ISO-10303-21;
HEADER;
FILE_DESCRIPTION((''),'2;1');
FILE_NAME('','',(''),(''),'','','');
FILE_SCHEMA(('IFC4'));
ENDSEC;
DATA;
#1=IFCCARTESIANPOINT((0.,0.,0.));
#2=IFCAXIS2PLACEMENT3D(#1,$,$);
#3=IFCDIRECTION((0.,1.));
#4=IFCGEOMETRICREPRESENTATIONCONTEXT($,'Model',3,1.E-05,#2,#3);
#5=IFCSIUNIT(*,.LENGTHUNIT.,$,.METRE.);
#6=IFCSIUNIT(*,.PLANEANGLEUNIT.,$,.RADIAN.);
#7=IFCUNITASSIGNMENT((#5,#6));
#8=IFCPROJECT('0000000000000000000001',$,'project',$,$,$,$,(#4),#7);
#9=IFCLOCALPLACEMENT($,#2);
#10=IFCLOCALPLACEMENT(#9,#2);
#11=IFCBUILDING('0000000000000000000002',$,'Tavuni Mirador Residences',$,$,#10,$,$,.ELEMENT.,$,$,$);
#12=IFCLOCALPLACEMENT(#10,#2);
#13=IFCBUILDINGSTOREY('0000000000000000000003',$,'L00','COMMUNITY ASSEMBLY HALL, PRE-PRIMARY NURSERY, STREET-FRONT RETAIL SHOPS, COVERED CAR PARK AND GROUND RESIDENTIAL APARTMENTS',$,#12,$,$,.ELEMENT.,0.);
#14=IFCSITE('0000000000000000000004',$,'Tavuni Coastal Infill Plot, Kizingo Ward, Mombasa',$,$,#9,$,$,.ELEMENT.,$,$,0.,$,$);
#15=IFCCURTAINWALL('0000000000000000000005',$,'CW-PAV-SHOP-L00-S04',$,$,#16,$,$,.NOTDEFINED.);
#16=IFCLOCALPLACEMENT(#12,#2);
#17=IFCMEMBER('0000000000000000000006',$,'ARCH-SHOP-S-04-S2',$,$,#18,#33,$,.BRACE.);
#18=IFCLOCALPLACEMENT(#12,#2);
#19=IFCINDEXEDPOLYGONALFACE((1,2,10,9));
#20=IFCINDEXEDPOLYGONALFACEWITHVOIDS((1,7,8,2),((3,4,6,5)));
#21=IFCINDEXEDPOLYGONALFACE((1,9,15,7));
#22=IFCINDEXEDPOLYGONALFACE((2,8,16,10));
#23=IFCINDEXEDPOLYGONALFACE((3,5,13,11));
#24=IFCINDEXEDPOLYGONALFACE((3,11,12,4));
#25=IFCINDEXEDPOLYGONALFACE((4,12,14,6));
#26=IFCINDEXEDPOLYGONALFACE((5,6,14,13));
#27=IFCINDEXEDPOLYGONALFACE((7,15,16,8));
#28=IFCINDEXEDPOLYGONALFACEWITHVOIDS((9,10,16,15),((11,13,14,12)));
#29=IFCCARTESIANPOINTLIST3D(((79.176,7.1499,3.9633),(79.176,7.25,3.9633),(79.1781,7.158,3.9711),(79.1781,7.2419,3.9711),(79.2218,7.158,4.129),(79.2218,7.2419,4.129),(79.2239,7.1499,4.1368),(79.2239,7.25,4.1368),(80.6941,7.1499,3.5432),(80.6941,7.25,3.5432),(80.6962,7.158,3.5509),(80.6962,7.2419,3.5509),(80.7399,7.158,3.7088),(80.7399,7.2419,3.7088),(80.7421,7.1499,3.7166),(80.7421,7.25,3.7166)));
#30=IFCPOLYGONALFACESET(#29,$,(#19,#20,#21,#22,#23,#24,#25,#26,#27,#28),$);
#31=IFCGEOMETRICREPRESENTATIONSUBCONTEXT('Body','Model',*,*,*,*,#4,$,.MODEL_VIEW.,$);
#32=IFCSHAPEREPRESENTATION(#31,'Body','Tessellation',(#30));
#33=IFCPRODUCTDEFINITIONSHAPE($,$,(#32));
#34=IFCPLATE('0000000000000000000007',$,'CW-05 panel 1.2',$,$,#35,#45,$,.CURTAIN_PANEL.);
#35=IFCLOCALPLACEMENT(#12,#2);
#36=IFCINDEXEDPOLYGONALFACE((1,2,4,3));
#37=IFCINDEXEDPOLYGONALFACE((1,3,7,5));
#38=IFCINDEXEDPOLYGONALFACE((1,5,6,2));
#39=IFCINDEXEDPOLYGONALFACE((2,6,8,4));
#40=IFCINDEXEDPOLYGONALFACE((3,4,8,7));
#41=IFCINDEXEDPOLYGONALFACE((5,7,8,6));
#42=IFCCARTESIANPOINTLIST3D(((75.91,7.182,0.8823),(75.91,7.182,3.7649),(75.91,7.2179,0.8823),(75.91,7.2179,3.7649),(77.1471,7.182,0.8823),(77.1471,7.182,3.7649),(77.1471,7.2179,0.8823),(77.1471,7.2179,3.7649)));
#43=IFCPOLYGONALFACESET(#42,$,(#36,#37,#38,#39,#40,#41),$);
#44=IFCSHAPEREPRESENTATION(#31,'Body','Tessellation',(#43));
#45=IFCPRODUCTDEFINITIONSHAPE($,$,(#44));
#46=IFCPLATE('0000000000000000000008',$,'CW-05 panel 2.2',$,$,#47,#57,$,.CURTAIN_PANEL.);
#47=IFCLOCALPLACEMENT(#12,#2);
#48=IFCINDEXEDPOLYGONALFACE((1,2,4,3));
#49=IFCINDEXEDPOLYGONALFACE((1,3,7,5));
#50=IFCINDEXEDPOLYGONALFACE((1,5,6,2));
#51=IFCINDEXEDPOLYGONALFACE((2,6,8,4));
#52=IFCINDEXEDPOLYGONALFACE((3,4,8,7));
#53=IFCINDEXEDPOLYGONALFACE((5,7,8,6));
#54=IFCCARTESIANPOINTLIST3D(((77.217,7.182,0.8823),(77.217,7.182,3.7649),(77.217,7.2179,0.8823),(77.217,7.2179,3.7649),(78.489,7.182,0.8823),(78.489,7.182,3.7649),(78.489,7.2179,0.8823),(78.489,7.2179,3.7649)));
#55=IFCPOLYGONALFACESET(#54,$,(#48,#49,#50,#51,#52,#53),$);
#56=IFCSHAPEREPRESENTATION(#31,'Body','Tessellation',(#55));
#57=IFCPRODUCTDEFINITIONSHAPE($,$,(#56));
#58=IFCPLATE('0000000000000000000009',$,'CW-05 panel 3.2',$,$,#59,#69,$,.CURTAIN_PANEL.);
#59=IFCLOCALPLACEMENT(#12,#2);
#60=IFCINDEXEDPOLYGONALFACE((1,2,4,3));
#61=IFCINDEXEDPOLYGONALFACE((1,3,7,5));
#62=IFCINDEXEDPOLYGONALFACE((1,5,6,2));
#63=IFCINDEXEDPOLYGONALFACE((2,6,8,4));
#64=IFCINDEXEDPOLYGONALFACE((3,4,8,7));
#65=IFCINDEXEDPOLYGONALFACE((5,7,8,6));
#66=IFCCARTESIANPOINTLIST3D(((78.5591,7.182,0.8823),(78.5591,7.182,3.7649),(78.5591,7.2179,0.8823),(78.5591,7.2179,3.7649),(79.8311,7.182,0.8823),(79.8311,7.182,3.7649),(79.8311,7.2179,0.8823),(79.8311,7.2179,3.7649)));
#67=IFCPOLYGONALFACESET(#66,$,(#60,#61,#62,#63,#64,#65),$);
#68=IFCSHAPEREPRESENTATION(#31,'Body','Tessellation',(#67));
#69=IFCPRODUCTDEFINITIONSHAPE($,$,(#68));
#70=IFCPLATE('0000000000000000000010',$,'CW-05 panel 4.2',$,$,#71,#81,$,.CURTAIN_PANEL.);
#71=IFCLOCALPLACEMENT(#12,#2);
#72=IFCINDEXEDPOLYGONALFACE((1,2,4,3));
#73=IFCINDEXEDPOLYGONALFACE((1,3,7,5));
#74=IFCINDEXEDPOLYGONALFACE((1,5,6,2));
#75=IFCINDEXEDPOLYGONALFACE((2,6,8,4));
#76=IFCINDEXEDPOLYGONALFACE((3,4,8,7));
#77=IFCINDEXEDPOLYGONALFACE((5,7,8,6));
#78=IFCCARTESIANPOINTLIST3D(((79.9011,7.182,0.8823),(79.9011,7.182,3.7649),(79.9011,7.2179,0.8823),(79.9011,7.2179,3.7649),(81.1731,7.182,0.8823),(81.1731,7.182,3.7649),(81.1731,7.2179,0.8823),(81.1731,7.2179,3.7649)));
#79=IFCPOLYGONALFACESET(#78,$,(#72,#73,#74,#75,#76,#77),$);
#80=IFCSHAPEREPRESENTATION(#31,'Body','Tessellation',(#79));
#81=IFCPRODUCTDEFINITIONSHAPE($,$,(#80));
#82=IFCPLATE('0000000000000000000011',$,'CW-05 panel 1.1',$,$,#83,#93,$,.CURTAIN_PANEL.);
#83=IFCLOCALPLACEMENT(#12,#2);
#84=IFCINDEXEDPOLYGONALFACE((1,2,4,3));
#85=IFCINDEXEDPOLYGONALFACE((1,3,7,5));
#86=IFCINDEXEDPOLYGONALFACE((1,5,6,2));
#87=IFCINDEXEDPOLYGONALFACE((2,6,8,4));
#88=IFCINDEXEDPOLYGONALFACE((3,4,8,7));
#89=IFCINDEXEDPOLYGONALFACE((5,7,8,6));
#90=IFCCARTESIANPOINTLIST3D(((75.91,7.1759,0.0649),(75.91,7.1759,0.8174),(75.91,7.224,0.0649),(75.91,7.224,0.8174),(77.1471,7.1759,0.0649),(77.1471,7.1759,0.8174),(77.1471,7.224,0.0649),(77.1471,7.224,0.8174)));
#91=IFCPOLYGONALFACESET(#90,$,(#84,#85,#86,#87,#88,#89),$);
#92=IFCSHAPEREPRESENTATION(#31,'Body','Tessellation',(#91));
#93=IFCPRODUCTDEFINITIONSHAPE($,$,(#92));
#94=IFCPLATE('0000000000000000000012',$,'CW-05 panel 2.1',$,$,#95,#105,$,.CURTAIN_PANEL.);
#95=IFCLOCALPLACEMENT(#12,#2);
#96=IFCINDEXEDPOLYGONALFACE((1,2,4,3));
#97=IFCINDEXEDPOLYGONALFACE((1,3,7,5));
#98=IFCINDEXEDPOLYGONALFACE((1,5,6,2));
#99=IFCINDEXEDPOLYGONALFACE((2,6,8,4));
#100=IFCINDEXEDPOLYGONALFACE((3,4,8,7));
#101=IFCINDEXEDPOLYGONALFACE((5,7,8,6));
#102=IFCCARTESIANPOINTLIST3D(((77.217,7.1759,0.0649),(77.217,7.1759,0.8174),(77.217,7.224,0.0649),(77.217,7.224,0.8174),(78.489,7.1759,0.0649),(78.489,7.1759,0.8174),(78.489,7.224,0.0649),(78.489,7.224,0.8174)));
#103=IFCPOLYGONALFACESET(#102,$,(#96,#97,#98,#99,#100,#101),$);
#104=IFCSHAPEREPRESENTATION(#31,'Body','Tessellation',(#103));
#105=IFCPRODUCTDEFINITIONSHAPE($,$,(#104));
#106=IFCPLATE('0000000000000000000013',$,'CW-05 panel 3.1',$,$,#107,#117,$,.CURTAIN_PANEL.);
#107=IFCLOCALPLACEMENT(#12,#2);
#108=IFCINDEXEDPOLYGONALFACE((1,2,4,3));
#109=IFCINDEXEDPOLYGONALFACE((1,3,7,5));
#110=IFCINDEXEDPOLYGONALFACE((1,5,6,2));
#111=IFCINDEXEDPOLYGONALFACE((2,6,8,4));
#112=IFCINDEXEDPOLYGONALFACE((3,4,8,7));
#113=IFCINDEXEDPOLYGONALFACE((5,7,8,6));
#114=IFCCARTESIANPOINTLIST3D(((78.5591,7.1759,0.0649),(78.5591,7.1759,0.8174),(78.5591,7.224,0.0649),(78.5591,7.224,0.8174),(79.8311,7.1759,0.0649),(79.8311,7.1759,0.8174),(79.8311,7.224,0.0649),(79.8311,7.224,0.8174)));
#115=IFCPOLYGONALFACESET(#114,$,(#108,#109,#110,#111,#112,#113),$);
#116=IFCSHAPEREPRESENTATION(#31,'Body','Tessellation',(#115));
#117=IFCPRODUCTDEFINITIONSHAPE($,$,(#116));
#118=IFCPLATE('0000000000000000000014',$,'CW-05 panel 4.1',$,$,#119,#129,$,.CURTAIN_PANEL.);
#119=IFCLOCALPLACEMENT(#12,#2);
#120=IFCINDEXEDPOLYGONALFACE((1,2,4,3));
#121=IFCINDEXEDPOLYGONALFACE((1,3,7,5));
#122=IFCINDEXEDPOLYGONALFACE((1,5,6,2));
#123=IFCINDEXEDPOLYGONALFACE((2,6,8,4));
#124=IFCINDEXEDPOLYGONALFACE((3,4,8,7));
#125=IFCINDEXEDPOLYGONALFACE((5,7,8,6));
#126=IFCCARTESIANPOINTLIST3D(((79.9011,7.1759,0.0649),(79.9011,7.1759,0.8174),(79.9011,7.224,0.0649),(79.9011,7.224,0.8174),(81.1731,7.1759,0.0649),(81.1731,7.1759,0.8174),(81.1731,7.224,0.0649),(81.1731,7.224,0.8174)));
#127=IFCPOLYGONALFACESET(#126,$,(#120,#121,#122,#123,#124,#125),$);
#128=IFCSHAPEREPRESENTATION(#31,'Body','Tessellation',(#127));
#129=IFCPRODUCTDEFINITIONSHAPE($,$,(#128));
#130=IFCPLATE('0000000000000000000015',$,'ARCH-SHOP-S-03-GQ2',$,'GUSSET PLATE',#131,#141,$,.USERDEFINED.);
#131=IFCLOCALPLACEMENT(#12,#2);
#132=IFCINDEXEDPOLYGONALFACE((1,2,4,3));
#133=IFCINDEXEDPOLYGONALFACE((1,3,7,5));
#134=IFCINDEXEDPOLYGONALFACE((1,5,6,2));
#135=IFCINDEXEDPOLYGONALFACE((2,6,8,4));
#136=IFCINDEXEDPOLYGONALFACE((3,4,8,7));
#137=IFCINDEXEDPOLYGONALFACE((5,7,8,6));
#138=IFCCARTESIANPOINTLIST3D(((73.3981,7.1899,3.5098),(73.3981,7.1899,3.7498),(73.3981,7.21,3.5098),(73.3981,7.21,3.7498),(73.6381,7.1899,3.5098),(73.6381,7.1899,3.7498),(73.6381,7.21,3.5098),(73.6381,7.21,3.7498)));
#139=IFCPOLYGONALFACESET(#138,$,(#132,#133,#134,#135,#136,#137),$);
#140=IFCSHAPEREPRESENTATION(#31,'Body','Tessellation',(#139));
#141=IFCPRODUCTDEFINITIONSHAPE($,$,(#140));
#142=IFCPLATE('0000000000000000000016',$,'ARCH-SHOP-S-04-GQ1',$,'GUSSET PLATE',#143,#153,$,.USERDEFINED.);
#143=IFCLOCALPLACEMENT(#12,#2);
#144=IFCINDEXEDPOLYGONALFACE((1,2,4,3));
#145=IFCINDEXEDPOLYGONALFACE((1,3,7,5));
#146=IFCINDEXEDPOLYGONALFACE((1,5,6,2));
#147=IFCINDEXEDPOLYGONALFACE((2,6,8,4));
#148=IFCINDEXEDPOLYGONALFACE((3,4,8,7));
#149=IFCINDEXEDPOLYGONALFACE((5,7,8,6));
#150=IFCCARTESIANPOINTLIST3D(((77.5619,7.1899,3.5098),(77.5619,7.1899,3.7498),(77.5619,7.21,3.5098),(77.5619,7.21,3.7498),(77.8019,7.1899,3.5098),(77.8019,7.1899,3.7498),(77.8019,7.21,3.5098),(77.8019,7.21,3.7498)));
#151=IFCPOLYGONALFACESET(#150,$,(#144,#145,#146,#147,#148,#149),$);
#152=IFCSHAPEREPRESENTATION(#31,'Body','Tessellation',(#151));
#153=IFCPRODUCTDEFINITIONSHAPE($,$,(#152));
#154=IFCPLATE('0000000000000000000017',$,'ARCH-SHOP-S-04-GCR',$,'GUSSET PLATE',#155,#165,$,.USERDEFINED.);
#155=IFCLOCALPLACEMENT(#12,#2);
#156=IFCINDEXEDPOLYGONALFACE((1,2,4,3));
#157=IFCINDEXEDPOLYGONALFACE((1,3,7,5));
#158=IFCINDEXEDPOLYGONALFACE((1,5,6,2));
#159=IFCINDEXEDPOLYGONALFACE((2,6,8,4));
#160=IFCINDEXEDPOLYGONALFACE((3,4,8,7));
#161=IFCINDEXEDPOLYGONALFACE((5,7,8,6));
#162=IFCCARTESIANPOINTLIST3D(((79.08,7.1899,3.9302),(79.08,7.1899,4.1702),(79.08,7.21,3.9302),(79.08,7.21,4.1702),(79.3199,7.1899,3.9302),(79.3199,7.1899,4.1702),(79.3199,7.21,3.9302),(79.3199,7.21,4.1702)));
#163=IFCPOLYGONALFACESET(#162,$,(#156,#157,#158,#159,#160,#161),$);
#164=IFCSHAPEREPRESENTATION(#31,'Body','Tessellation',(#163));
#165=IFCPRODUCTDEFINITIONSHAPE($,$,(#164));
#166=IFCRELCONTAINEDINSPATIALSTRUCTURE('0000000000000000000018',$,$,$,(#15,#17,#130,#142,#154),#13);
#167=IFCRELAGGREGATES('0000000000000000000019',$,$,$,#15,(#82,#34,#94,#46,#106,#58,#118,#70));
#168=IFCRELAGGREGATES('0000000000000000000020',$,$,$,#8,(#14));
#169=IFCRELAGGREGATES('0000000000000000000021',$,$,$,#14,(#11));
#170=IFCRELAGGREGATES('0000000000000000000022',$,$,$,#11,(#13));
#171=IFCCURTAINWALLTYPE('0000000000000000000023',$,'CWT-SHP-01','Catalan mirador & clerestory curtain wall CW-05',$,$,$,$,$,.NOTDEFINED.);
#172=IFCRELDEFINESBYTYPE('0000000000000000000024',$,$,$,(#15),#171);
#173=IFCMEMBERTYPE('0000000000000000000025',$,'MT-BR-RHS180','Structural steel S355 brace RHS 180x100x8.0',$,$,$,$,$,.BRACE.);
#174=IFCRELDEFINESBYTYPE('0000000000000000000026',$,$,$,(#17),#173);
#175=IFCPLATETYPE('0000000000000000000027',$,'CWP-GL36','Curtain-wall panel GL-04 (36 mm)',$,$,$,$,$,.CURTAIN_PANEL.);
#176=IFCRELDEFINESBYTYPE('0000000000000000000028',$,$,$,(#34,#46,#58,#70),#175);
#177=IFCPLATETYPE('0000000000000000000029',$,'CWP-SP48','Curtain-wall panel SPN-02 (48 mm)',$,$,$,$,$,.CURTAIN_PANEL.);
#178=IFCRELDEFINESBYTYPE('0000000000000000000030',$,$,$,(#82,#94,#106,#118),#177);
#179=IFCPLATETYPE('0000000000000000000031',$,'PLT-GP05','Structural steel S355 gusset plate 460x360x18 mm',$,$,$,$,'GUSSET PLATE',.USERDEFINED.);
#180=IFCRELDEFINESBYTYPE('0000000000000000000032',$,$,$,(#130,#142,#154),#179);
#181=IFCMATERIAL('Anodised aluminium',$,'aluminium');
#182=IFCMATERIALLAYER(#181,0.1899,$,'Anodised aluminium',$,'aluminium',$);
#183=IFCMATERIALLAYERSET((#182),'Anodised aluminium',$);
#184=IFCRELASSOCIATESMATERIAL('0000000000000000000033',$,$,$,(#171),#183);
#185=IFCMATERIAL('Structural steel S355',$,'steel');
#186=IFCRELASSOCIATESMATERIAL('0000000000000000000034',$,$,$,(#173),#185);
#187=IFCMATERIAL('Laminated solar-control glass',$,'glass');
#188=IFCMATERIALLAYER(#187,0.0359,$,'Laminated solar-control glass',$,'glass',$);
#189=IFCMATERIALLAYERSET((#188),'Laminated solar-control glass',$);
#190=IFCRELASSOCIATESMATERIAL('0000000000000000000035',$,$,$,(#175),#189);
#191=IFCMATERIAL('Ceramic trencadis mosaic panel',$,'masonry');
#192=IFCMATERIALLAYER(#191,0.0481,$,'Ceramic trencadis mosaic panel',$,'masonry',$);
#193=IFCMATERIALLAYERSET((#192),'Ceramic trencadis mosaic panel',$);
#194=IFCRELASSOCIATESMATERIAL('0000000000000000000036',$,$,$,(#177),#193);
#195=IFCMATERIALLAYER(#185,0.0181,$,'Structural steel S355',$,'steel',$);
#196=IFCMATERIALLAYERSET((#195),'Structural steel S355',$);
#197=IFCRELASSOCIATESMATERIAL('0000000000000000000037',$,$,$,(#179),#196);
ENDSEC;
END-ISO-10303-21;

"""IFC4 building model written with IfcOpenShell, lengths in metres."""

from ifc_helpers import new_model, si_unit, direction, frame, origin, origin_2d, place, context, subcontext, project, spatial, rectangle, hollow_rectangle, extrude, material, layer, layer_set, material_profile, profile_set, type_object, element, aggregate, save


model = new_model("IFC4")

# Units and contexts
model_context = context("Model", 3, precision=1e-05, world=origin(), true_north=direction((0.0, 1.0)))
body_context = subcontext(model_context, "Body", "Model", "MODEL_VIEW")
ifc_project = project(units=[si_unit("LENGTHUNIT", "METRE"), si_unit("PLANEANGLEUNIT", "RADIAN")], contexts=[model_context])

# Site, building, storey
site_placement = place(None, origin())
site = spatial("IfcSite", under=ifc_project, at=site_placement, Name="Tavuni Coastal Infill Plot, Kizingo Ward, Mombasa", CompositionType="ELEMENT", RefElevation=0.0)
building_placement = place(site_placement, origin())
building = spatial("IfcBuilding", under=site, at=building_placement, Name="Tavuni Mirador Residences", CompositionType="ELEMENT")
storey_placement = place(building_placement, origin())
storey = spatial("IfcBuildingStorey", under=building, at=storey_placement, Name="L00", Description="COMMUNITY ASSEMBLY HALL, PRE-PRIMARY NURSERY, STREET-FRONT RETAIL SHOPS, COVERED CAR PARK AND GROUND RESIDENTIAL APARTMENTS", CompositionType="ELEMENT", Elevation=0.0)

# Curtain wall
ifc_material_1 = material(Name="Anodised aluminium", Category="aluminium")
ifc_layer_1 = layer(ifc_material_1, 0.1899, Name="Anodised aluminium", Category="aluminium")
ifc_layer_set_1 = layer_set([ifc_layer_1], Name="Anodised aluminium")
curtain_wall_type = type_object("IfcCurtainWallType", Name="CWT-SHP-01", Description="Catalan mirador & clerestory curtain wall CW-05", PredefinedType="NOTDEFINED", material=ifc_layer_set_1)
curtain_wall_placement = place(storey_placement, origin())
curtain_wall = element("IfcCurtainWall", 1, at=curtain_wall_placement, inside=storey, type_object=curtain_wall_type, Name="CW-PAV-SHOP-L00-S04", PredefinedType="NOTDEFINED")

# Member
ifc_material_2 = material(Name="Structural steel S355", Category="steel")
ifc_material_profile_1 = material_profile(ifc_material_2, hollow_rectangle(XDim=0.1001, YDim=0.1799, WallThickness=0.0081, at=origin_2d()), Name="RHS 180x100x8.0", Category="steel")
ifc_profile_set_1 = profile_set([ifc_material_profile_1], Name="Structural steel S355")
member_type_1 = type_object("IfcMemberType", Name="MT-BR-RHS180", Description="Structural steel S355 brace RHS 180x100x8.0", PredefinedType="BRACE", material=ifc_profile_set_1)
for number, where, z_axis, x_axis, name in (
    (2, (79.2, 7.2, 4.05), (0.963766, 0.0, -0.266748), (0.0, 1.0, 0.0), "ARCH-SHOP-S-04-S2"),
):
    element("IfcMember", number, at=place(storey_placement, frame(where, z_axis=z_axis, x_axis=x_axis)), inside=storey, type_object=member_type_1, Name=name, PredefinedType="BRACE", context=body_context, shape_type="SweptSolid", body=[
        extrude(hollow_rectangle(XDim=0.1001, YDim=0.1799, WallThickness=0.0081, at=origin_2d()), origin(), (0.0, 0.0, 1.0), 1.5752),
    ])

# Plates
ifc_material_3 = material(Name="Laminated solar-control glass", Category="glass")
ifc_layer_2 = layer(ifc_material_3, 0.0359, Name="Laminated solar-control glass", Category="glass")
ifc_layer_set_2 = layer_set([ifc_layer_2], Name="Laminated solar-control glass")
plate_type_1 = type_object("IfcPlateType", Name="CWP-GL36", Description="Curtain-wall panel GL-04 (36 mm)", PredefinedType="CURTAIN_PANEL", material=ifc_layer_set_2)
plate_1_placement = place(storey_placement, frame((76.5286, 7.2, 0.8823), z_axis=(0.0, 0.0, 1.0), x_axis=(1.0, 0.0, 0.0)))
plate_1 = element("IfcPlate", 3, at=plate_1_placement, type_object=plate_type_1, Name="CW-05 panel 1.2", PredefinedType="CURTAIN_PANEL", context=body_context, shape_type="SweptSolid", body=[
    extrude(rectangle(XDim=1.2371, YDim=0.0359, at=origin_2d()), origin(), (0.0, 0.0, 1.0), 2.8826),
])
plate_2_placement = place(storey_placement, frame((77.853, 7.2, 0.8823), z_axis=(0.0, 0.0, 1.0), x_axis=(1.0, 0.0, 0.0)))
plate_2 = element("IfcPlate", 4, at=plate_2_placement, type_object=plate_type_1, Name="CW-05 panel 2.2", PredefinedType="CURTAIN_PANEL", context=body_context, shape_type="SweptSolid", body=[
    extrude(rectangle(XDim=1.272, YDim=0.0359, at=origin_2d()), origin(), (0.0, 0.0, 1.0), 2.8826),
])
plate_3_placement = place(storey_placement, frame((79.1951, 7.2, 0.8823), z_axis=(0.0, 0.0, 1.0), x_axis=(1.0, 0.0, 0.0)))
plate_3 = element("IfcPlate", 5, at=plate_3_placement, type_object=plate_type_1, Name="CW-05 panel 3.2", PredefinedType="CURTAIN_PANEL", context=body_context, shape_type="SweptSolid", body=[
    extrude(rectangle(XDim=1.272, YDim=0.0359, at=origin_2d()), origin(), (0.0, 0.0, 1.0), 2.8826),
])
plate_4_placement = place(storey_placement, frame((80.5371, 7.2, 0.8823), z_axis=(0.0, 0.0, 1.0), x_axis=(1.0, 0.0, 0.0)))
plate_4 = element("IfcPlate", 6, at=plate_4_placement, type_object=plate_type_1, Name="CW-05 panel 4.2", PredefinedType="CURTAIN_PANEL", context=body_context, shape_type="SweptSolid", body=[
    extrude(rectangle(XDim=1.272, YDim=0.0359, at=origin_2d()), origin(), (0.0, 0.0, 1.0), 2.8826),
])
ifc_material_4 = material(Name="Ceramic trencadis mosaic panel", Category="masonry")
ifc_layer_3 = layer(ifc_material_4, 0.0481, Name="Ceramic trencadis mosaic panel", Category="masonry")
ifc_layer_set_3 = layer_set([ifc_layer_3], Name="Ceramic trencadis mosaic panel")
plate_type_2 = type_object("IfcPlateType", Name="CWP-SP48", Description="Curtain-wall panel SPN-02 (48 mm)", PredefinedType="CURTAIN_PANEL", material=ifc_layer_set_3)
plate_5_placement = place(storey_placement, frame((76.5286, 7.2, 0.0649), z_axis=(0.0, 0.0, 1.0), x_axis=(1.0, 0.0, 0.0)))
plate_5 = element("IfcPlate", 7, at=plate_5_placement, type_object=plate_type_2, Name="CW-05 panel 1.1", PredefinedType="CURTAIN_PANEL", context=body_context, shape_type="SweptSolid", body=[
    extrude(rectangle(XDim=1.2371, YDim=0.0481, at=origin_2d()), origin(), (0.0, 0.0, 1.0), 0.7524),
])
plate_6_placement = place(storey_placement, frame((77.853, 7.2, 0.0649), z_axis=(0.0, 0.0, 1.0), x_axis=(1.0, 0.0, 0.0)))
plate_6 = element("IfcPlate", 8, at=plate_6_placement, type_object=plate_type_2, Name="CW-05 panel 2.1", PredefinedType="CURTAIN_PANEL", context=body_context, shape_type="SweptSolid", body=[
    extrude(rectangle(XDim=1.272, YDim=0.0481, at=origin_2d()), origin(), (0.0, 0.0, 1.0), 0.7524),
])
plate_7_placement = place(storey_placement, frame((79.1951, 7.2, 0.0649), z_axis=(0.0, 0.0, 1.0), x_axis=(1.0, 0.0, 0.0)))
plate_7 = element("IfcPlate", 9, at=plate_7_placement, type_object=plate_type_2, Name="CW-05 panel 3.1", PredefinedType="CURTAIN_PANEL", context=body_context, shape_type="SweptSolid", body=[
    extrude(rectangle(XDim=1.272, YDim=0.0481, at=origin_2d()), origin(), (0.0, 0.0, 1.0), 0.7524),
])
plate_8_placement = place(storey_placement, frame((80.5371, 7.2, 0.0649), z_axis=(0.0, 0.0, 1.0), x_axis=(1.0, 0.0, 0.0)))
plate_8 = element("IfcPlate", 10, at=plate_8_placement, type_object=plate_type_2, Name="CW-05 panel 4.1", PredefinedType="CURTAIN_PANEL", context=body_context, shape_type="SweptSolid", body=[
    extrude(rectangle(XDim=1.272, YDim=0.0481, at=origin_2d()), origin(), (0.0, 0.0, 1.0), 0.7524),
])
aggregate(curtain_wall, [plate_5, plate_1, plate_6, plate_2, plate_7, plate_3, plate_8, plate_4])

# Plates
ifc_layer_4 = layer(ifc_material_2, 0.0181, Name="Structural steel S355", Category="steel")
ifc_layer_set_4 = layer_set([ifc_layer_4], Name="Structural steel S355")
plate_type_3 = type_object("IfcPlateType", Name="PLT-GP05", Description="Structural steel S355 gusset plate 460x360x18 mm", ElementType="GUSSET PLATE", PredefinedType="USERDEFINED", material=ifc_layer_set_4)
for number, where, z_axis, x_axis, name in (
    (11, (73.5181, 7.2, 3.5098), (0.0, 0.0, 1.0), (1.0, 0.0, 0.0), "ARCH-SHOP-S-03-GQ2"),
    (12, (77.6819, 7.2, 3.5098), (0.0, 0.0, 1.0), (1.0, 0.0, 0.0), "ARCH-SHOP-S-04-GQ1"),
    (13, (79.2, 7.2, 3.9302), (0.0, 0.0, 1.0), (1.0, 0.0, 0.0), "ARCH-SHOP-S-04-GCR"),
):
    element("IfcPlate", number, at=place(storey_placement, frame(where, z_axis=z_axis, x_axis=x_axis)), inside=storey, type_object=plate_type_3, Name=name, ObjectType="GUSSET PLATE", PredefinedType="USERDEFINED", context=body_context, shape_type="SweptSolid", body=[
        extrude(rectangle(XDim=0.24, YDim=0.02, at=origin_2d()), origin(), (0.0, 0.0, 1.0), 0.24),
    ])

save(model, "model.ifc")
